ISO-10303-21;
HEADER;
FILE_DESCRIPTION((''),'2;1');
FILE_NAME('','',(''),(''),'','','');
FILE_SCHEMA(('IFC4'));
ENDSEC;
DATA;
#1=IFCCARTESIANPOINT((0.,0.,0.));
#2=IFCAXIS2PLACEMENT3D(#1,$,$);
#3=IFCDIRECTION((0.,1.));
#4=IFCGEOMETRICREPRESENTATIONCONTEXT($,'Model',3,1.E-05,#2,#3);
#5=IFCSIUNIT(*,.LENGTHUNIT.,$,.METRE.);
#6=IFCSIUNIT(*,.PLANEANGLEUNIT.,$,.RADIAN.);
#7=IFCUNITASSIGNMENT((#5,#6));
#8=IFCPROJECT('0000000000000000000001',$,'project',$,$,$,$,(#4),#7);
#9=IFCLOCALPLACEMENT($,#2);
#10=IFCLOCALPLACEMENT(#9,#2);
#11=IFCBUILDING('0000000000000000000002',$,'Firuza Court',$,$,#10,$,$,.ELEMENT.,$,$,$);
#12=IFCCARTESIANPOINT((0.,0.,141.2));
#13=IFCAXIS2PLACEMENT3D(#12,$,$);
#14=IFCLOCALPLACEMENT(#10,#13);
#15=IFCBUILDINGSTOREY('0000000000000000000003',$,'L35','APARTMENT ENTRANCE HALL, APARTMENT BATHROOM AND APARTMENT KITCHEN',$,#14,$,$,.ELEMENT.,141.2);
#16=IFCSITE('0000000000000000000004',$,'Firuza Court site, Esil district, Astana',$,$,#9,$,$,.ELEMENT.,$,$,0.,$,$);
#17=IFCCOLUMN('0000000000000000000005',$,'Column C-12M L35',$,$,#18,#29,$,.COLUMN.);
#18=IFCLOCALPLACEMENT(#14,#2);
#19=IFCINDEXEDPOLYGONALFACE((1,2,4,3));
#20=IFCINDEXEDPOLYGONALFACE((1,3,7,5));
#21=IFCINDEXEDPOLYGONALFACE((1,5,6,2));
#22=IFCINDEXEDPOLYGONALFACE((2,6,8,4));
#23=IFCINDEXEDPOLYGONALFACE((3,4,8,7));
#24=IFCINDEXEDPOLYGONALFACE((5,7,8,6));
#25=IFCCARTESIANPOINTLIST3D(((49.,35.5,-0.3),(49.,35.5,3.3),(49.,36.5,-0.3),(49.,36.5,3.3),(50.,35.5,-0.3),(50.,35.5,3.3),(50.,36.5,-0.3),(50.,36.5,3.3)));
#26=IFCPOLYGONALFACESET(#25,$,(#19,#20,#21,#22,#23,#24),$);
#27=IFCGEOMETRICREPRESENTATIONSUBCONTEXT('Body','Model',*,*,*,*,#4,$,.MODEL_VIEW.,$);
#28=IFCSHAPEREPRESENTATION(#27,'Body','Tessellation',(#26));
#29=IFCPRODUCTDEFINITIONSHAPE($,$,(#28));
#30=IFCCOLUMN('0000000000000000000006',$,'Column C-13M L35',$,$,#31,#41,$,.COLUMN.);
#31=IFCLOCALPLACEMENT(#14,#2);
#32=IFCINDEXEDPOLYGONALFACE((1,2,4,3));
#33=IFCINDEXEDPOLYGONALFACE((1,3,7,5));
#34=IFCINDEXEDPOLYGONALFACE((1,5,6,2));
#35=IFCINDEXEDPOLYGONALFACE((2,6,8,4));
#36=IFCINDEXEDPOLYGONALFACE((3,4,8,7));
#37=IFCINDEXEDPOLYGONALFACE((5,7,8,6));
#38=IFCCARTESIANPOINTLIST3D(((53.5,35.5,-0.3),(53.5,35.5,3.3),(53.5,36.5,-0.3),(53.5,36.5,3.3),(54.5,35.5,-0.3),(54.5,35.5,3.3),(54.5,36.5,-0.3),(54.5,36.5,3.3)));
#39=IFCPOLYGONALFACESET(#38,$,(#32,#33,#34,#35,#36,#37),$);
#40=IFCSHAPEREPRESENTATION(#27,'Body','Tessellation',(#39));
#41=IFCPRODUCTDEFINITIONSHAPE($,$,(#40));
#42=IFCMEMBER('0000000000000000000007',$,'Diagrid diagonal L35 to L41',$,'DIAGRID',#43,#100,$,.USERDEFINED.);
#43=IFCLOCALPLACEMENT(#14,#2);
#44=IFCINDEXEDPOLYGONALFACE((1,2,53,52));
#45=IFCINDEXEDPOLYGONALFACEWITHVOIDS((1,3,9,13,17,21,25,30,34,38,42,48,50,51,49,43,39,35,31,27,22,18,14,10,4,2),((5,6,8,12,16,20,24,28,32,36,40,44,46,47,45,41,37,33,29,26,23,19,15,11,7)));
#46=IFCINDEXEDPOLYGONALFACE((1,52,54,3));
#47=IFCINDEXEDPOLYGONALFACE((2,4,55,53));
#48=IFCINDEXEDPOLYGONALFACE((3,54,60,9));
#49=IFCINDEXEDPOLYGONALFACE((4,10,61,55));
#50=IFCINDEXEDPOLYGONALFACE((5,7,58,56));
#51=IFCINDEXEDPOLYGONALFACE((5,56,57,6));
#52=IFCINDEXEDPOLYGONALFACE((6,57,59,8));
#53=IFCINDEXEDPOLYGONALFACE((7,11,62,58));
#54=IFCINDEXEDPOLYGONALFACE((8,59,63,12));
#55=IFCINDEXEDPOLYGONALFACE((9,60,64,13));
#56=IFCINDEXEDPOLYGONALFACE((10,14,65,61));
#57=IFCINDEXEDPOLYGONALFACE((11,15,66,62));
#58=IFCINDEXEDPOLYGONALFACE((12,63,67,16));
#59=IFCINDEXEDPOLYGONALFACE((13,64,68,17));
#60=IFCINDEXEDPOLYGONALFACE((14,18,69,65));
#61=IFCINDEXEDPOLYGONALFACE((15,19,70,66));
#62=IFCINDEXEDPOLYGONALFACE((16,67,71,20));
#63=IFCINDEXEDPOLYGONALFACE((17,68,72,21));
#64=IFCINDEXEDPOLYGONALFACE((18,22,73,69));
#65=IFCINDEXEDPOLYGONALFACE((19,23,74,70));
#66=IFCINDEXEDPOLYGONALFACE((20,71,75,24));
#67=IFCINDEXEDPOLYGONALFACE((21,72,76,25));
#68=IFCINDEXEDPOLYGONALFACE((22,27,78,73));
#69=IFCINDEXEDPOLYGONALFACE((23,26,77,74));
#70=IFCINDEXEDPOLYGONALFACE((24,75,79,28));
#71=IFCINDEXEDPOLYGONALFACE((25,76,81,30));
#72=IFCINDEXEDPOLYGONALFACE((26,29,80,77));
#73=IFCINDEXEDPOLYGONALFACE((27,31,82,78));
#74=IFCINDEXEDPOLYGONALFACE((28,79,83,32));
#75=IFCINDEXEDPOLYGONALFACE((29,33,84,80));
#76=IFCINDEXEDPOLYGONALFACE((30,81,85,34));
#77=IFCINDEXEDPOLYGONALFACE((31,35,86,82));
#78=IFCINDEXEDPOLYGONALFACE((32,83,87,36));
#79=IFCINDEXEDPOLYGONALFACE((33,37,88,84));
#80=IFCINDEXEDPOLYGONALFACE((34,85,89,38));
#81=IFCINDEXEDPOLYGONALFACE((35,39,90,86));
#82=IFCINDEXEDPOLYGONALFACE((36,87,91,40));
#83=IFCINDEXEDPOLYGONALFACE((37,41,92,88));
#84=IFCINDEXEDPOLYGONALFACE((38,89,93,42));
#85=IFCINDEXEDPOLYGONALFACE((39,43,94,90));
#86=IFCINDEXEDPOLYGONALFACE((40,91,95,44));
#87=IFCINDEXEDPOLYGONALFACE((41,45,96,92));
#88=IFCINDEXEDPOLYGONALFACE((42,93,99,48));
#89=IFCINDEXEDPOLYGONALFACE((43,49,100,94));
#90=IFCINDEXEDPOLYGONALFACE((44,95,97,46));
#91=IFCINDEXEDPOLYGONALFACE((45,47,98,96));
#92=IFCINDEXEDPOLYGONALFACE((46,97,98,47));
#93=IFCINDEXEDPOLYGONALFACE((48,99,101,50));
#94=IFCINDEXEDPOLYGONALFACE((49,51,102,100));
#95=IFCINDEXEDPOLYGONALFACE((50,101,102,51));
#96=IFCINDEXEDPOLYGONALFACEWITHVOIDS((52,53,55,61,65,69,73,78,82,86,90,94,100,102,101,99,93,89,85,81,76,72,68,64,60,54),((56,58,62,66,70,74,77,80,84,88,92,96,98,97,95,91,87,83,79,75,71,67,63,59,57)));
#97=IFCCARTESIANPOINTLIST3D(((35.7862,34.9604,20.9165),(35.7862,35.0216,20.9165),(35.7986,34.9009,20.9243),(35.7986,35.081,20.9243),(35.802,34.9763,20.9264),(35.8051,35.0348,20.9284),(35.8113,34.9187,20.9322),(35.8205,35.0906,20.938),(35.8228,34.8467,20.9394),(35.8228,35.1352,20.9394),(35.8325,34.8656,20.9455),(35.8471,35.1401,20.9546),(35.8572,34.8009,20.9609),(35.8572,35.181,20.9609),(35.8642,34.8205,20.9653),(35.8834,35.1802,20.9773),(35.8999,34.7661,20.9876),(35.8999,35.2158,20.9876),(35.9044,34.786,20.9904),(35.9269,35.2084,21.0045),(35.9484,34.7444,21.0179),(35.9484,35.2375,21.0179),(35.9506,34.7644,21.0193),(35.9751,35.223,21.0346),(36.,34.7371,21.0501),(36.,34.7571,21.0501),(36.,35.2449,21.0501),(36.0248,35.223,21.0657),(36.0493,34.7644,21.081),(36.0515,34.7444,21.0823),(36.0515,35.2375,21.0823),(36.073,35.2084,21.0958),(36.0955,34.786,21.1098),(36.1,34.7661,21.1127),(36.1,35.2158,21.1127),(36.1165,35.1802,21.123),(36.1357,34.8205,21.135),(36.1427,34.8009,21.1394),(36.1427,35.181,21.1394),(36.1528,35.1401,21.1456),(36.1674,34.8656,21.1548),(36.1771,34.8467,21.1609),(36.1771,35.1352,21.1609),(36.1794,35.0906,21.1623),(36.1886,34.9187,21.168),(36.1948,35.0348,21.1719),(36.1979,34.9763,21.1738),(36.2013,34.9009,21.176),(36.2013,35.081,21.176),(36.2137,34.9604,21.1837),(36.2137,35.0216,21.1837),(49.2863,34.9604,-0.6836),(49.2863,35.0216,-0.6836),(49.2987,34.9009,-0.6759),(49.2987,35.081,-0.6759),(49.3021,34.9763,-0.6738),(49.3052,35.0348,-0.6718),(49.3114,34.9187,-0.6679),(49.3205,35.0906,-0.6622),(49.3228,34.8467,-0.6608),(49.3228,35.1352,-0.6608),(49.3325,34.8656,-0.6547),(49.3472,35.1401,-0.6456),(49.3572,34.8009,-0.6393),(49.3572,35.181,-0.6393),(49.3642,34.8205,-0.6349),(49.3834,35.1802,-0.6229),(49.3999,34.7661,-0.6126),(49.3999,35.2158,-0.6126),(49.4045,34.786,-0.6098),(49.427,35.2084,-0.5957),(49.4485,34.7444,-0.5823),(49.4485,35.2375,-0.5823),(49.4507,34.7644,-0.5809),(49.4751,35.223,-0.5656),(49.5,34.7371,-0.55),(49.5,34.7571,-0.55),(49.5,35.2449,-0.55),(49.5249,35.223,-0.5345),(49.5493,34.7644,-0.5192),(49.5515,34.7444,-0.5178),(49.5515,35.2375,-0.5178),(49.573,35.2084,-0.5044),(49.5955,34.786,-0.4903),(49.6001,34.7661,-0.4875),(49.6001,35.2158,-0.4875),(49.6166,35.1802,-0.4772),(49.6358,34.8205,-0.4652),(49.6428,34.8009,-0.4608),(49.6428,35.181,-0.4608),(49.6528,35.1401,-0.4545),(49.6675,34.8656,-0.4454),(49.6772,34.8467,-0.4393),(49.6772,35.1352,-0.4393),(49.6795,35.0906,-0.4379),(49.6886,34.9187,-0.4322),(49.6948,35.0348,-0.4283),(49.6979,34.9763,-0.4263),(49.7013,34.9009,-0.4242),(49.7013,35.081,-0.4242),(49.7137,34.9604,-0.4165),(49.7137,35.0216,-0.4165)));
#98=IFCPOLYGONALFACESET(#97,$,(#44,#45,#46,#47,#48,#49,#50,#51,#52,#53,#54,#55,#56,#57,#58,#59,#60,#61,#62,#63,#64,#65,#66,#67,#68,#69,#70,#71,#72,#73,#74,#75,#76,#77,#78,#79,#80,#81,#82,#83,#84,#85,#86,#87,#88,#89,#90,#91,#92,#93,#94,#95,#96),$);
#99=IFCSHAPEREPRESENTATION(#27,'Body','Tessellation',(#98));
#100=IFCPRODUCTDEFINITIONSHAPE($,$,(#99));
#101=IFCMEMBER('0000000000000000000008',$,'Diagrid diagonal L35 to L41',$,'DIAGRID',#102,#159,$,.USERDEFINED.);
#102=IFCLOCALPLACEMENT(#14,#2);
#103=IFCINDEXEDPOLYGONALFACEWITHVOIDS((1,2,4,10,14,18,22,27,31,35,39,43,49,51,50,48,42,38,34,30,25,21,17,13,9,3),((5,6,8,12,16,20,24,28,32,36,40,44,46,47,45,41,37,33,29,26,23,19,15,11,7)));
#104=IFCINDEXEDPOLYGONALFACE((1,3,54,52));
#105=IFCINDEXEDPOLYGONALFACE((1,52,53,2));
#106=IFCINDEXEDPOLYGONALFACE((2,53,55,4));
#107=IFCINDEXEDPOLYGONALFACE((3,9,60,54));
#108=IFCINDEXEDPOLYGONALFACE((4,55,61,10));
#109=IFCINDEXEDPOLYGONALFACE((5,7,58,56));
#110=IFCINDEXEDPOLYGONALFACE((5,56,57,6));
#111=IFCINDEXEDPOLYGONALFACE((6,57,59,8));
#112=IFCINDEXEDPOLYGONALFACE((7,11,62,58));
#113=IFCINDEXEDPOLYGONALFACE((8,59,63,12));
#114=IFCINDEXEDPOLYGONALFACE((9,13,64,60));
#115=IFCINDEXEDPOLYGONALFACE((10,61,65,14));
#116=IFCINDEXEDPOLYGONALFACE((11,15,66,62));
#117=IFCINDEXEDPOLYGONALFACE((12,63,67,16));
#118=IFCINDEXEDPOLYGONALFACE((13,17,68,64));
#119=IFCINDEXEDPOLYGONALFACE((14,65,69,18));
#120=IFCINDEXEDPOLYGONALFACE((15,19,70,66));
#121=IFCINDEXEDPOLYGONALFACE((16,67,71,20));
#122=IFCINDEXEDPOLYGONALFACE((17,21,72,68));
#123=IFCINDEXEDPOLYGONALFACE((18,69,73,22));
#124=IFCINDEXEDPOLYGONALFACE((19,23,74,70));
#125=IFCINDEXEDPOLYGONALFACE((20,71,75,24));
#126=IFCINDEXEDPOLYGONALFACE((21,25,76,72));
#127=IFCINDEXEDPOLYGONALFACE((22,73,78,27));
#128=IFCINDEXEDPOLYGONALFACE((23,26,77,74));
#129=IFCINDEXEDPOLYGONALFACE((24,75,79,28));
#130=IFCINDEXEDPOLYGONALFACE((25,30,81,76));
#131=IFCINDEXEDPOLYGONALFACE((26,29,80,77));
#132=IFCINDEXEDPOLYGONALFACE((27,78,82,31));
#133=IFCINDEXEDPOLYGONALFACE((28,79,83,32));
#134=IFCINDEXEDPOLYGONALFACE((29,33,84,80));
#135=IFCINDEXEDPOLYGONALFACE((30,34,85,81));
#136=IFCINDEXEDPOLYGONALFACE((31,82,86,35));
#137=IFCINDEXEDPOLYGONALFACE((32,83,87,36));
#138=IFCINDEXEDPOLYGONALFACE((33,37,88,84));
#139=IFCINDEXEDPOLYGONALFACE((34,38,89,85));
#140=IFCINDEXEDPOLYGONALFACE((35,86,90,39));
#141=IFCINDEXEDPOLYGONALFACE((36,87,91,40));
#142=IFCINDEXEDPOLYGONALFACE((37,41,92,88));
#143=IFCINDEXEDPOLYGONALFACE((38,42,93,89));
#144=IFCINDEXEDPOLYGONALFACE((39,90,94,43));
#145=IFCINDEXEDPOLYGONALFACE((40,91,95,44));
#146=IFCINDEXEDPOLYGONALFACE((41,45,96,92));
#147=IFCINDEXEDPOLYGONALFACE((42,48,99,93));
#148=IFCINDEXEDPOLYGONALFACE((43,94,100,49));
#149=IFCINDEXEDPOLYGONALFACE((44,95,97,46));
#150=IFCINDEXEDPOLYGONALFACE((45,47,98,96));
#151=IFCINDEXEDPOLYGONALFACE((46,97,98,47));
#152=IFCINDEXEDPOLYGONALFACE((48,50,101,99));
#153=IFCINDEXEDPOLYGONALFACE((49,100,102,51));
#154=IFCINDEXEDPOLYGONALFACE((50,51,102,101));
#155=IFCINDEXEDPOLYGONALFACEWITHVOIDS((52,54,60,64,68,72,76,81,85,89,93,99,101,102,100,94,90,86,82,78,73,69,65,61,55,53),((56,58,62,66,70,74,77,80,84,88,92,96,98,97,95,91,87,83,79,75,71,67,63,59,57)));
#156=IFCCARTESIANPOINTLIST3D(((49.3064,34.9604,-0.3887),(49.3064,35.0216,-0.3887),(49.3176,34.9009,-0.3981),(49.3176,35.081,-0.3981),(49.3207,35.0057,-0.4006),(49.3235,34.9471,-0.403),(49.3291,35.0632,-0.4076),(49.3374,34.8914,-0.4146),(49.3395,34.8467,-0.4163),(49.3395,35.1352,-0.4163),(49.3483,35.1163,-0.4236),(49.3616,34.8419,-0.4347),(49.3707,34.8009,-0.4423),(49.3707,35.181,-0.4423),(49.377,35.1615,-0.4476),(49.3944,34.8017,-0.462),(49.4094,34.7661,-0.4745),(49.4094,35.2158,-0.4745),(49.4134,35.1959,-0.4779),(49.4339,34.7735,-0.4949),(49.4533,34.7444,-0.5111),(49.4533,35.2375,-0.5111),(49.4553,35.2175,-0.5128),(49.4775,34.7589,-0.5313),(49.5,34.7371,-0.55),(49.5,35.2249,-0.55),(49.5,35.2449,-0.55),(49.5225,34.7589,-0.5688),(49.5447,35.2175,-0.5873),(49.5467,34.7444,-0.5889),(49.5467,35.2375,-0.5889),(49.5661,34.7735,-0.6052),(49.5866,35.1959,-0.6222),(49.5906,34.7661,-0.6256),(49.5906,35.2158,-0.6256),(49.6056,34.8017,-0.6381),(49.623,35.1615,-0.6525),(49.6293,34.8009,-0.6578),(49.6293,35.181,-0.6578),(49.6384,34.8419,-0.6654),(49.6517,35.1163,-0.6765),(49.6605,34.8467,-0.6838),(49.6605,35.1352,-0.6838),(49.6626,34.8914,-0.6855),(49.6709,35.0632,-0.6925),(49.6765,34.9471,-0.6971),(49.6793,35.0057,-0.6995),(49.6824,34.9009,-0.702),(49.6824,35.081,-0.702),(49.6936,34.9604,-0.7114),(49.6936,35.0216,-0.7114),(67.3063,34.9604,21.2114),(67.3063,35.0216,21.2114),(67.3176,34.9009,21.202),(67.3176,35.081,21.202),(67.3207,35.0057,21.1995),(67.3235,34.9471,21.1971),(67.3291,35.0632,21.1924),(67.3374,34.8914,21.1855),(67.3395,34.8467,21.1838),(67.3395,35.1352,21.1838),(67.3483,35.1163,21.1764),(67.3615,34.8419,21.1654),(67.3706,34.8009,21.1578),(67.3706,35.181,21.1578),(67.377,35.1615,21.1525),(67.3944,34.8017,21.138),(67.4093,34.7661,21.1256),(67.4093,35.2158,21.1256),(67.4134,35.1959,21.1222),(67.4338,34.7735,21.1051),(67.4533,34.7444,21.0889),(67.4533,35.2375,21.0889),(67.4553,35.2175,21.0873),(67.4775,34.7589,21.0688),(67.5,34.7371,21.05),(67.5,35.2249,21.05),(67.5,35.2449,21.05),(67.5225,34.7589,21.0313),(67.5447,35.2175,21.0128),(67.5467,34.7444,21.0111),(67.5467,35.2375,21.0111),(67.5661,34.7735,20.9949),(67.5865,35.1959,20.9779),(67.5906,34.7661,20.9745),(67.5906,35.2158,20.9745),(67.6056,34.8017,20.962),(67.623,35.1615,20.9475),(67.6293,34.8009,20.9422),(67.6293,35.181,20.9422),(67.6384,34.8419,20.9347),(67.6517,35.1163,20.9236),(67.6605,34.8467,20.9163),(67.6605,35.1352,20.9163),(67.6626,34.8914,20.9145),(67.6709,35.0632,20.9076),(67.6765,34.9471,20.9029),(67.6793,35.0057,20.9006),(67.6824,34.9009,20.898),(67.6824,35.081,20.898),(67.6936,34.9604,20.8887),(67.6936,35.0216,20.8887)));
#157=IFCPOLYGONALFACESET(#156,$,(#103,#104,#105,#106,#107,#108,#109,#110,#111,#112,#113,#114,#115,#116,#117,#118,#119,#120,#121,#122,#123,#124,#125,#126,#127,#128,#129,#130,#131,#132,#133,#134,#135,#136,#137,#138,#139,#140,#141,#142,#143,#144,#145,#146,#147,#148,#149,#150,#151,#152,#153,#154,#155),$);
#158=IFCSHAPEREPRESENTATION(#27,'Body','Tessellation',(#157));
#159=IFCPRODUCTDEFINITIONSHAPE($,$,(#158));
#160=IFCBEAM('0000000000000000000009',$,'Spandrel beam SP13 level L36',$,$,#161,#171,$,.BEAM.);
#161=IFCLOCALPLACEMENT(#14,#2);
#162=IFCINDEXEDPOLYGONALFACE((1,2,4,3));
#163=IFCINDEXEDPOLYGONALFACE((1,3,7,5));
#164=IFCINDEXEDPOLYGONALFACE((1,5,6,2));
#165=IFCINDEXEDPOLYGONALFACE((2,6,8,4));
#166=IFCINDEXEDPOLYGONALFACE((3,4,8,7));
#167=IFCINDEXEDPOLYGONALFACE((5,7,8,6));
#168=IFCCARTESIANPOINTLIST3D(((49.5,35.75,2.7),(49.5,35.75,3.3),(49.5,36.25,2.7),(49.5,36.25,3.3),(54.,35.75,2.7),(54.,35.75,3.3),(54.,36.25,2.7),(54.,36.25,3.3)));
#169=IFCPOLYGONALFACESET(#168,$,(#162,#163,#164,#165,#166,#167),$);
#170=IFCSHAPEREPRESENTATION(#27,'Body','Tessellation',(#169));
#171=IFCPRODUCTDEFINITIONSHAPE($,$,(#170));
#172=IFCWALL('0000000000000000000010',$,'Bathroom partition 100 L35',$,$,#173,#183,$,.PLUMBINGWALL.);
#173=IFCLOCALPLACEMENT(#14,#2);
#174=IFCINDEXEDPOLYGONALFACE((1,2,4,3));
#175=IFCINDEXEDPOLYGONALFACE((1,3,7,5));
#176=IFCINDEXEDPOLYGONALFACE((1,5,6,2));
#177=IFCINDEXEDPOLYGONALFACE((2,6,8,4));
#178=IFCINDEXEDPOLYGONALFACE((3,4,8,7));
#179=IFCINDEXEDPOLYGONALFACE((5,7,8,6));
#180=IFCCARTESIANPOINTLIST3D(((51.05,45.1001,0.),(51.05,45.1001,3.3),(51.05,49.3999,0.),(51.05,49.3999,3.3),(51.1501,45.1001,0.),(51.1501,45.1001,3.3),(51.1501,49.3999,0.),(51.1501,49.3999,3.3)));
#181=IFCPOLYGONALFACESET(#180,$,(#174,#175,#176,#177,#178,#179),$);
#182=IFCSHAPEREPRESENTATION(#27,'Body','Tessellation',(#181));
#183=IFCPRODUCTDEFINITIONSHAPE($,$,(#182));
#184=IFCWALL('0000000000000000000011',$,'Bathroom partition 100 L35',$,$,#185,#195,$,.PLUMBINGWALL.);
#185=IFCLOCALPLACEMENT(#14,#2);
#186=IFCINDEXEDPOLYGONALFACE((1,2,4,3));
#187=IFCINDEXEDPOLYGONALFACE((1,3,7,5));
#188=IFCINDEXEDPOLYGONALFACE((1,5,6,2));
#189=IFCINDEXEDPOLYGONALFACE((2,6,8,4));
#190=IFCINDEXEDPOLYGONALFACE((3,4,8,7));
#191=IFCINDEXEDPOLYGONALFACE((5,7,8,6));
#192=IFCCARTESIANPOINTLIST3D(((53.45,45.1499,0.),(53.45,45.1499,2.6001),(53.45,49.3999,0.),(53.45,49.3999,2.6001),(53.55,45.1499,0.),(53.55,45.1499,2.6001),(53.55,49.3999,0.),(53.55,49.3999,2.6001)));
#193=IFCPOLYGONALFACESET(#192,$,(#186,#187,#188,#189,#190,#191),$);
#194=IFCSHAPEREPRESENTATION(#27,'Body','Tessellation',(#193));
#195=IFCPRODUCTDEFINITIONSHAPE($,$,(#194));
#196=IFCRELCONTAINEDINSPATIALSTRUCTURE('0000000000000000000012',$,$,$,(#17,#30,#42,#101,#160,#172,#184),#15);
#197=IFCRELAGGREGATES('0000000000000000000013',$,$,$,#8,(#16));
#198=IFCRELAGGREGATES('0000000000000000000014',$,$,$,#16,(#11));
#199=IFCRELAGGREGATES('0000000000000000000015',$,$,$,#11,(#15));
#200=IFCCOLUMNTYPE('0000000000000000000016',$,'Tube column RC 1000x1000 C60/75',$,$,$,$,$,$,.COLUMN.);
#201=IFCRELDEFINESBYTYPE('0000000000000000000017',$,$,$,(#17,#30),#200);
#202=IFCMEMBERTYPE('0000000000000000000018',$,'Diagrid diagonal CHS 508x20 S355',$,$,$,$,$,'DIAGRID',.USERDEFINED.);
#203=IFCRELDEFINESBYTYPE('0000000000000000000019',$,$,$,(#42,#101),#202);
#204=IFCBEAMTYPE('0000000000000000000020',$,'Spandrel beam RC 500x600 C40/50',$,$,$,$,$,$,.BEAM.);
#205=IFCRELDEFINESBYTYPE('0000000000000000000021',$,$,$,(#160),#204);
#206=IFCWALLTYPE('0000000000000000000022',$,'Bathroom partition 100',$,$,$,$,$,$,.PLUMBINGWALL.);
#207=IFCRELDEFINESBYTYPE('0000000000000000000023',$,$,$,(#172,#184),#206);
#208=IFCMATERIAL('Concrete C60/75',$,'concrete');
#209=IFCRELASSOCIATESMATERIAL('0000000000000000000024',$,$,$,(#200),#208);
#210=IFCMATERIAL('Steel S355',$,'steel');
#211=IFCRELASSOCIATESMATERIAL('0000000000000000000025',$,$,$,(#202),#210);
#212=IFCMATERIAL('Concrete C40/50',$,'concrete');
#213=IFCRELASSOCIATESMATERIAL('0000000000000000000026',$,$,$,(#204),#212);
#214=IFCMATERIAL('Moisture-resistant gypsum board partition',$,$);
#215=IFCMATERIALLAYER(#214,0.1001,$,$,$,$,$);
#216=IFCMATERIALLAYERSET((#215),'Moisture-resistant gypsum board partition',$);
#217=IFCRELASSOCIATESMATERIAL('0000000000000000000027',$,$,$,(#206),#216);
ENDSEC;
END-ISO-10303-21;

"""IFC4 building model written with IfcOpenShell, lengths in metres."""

from ifc_helpers import new_model, si_unit, direction, frame, frame_2d, origin, origin_2d, place, context, subcontext, project, spatial, rectangle, hollow_circle, extrude, material, layer, layer_set, material_profile, profile_set, type_object, element, save


model = new_model("IFC4")

# Units and contexts
model_context = context("Model", 3, precision=1e-05, world=origin(), true_north=direction((0.0, 1.0)))
body_context = subcontext(model_context, "Body", "Model", "MODEL_VIEW")
ifc_project = project(units=[si_unit("LENGTHUNIT", "METRE"), si_unit("PLANEANGLEUNIT", "RADIAN")], contexts=[model_context])

# Site, building, storey
site_placement = place(None, origin())
site = spatial("IfcSite", under=ifc_project, at=site_placement, Name="Firuza Court site, Esil district, Astana", CompositionType="ELEMENT", RefElevation=0.0)
building_placement = place(site_placement, origin())
building = spatial("IfcBuilding", under=site, at=building_placement, Name="Firuza Court", CompositionType="ELEMENT")
storey_placement = place(building_placement, frame((0.0, 0.0, 141.2)))
storey = spatial("IfcBuildingStorey", under=building, at=storey_placement, Name="L35", Description="APARTMENT ENTRANCE HALL, APARTMENT BATHROOM AND APARTMENT KITCHEN", CompositionType="ELEMENT", Elevation=141.2)

# Columns
ifc_material_1 = material(Name="Concrete C60/75", Category="concrete")
ifc_material_profile_1 = material_profile(ifc_material_1, rectangle(XDim=1.0, YDim=1.0, at=origin_2d()), Name="RC 1000x1000")
ifc_profile_set_1 = profile_set([ifc_material_profile_1], Name="Concrete C60/75")
column_type = type_object("IfcColumnType", Name="Tube column RC 1000x1000 C60/75", PredefinedType="COLUMN", material=ifc_profile_set_1)
for number, where, z_axis, x_axis, name in (
    (1, (49.5, 36.0, -0.3), (0.0, 0.0, 1.0), (1.0, 0.0, 0.0), "Column C-12M L35"),
    (2, (54.0, 36.0, -0.3), (0.0, 0.0, 1.0), (1.0, 0.0, 0.0), "Column C-13M L35"),
):
    element("IfcColumn", number, at=place(storey_placement, frame(where, z_axis=z_axis, x_axis=x_axis)), inside=storey, type_object=column_type, Name=name, PredefinedType="COLUMN", context=body_context, shape_type="SweptSolid", body=[
        extrude(rectangle(XDim=1.0, YDim=1.0, at=origin_2d()), origin(), (0.0, 0.0, 1.0), 3.6001),
    ])

# Members
ifc_material_2 = material(Name="Steel S355", Category="steel")
ifc_material_profile_2 = material_profile(ifc_material_2, hollow_circle(Radius=0.2539, WallThickness=0.02, at=origin_2d()), Name="CHS 508x20")
ifc_profile_set_2 = profile_set([ifc_material_profile_2], Name="Steel S355")
member_type = type_object("IfcMemberType", Name="Diagrid diagonal CHS 508x20 S355", ElementType="DIAGRID", PredefinedType="USERDEFINED", material=ifc_profile_set_2)
member_1_placement = place(storey_placement, frame((49.5, 34.991, -0.55), z_axis=(-0.529997, 0.0, 0.847999), x_axis=(0.0, -1.0, 0.0)))
element("IfcMember", 3, at=member_1_placement, inside=storey, type_object=member_type, Name="Diagrid diagonal L35 to L41", ObjectType="DIAGRID", PredefinedType="USERDEFINED", context=body_context, shape_type="SweptSolid", body=[
    extrude(hollow_circle(Radius=0.2539, WallThickness=0.02, at=origin_2d()), origin(), (0.0, 0.0, 1.0), 25.4719),
])
member_2_placement = place(storey_placement, frame((49.5, 34.991, -0.55), z_axis=(0.640183, 0.0, 0.768223), x_axis=(0.0, 1.0, 0.0)))
element("IfcMember", 4, at=member_2_placement, inside=storey, type_object=member_type, Name="Diagrid diagonal L35 to L41", ObjectType="DIAGRID", PredefinedType="USERDEFINED", context=body_context, shape_type="SweptSolid", body=[
    extrude(hollow_circle(Radius=0.2539, WallThickness=0.02, at=origin_2d()), origin(), (0.0, 0.0, 1.0), 28.1169),
])

# Beam
ifc_material_3 = material(Name="Concrete C40/50", Category="concrete")
ifc_material_profile_3 = material_profile(ifc_material_3, rectangle(XDim=0.5, YDim=0.6001, at=origin_2d()), Name="RC 500x600")
ifc_profile_set_3 = profile_set([ifc_material_profile_3], Name="Concrete C40/50")
beam_type = type_object("IfcBeamType", Name="Spandrel beam RC 500x600 C40/50", PredefinedType="BEAM", material=ifc_profile_set_3)
beam_placement = place(storey_placement, frame((49.5, 36.0, 3.0), z_axis=(1.0, 0.0, 0.0), x_axis=(0.0, 1.0, 0.0)))
element("IfcBeam", 5, at=beam_placement, inside=storey, type_object=beam_type, Name="Spandrel beam SP13 level L36", PredefinedType="BEAM", context=body_context, shape_type="SweptSolid", body=[
    extrude(rectangle(XDim=0.5, YDim=0.6001, at=origin_2d()), origin(), (0.0, 0.0, 1.0), 4.5),
])

# Walls
ifc_material_4 = material(Name="Moisture-resistant gypsum board partition")
ifc_layer_1 = layer(ifc_material_4, 0.1001)
ifc_layer_set_1 = layer_set([ifc_layer_1], Name="Moisture-resistant gypsum board partition")
wall_type_1 = type_object("IfcWallType", Name="Bathroom partition 100", PredefinedType="PLUMBINGWALL", material=ifc_layer_set_1)
wall_1_placement = place(storey_placement, frame((51.1001, 45.1001, 0.0), z_axis=(0.0, 0.0, 1.0), x_axis=(0.0, 1.0, 0.0)))
element("IfcWall", 6, at=wall_1_placement, inside=storey, type_object=wall_type_1, Name="Bathroom partition 100 L35", PredefinedType="PLUMBINGWALL", context=body_context, shape_type="SweptSolid", body=[
    extrude(rectangle(XDim=4.2998, YDim=0.1001, at=frame_2d((2.1499, 0.0))), origin(), (0.0, 0.0, 1.0), 3.3),
])
wall_2_placement = place(storey_placement, frame((53.5, 45.1499, 0.0), z_axis=(0.0, 0.0, 1.0), x_axis=(0.0, 1.0, 0.0)))
element("IfcWall", 7, at=wall_2_placement, inside=storey, type_object=wall_type_1, Name="Bathroom partition 100 L35", PredefinedType="PLUMBINGWALL", context=body_context, shape_type="SweptSolid", body=[
    extrude(rectangle(XDim=4.25, YDim=0.1001, at=frame_2d((2.125, 0.0))), origin(), (0.0, 0.0, 1.0), 2.6001),
])

save(model, "model.ifc")
